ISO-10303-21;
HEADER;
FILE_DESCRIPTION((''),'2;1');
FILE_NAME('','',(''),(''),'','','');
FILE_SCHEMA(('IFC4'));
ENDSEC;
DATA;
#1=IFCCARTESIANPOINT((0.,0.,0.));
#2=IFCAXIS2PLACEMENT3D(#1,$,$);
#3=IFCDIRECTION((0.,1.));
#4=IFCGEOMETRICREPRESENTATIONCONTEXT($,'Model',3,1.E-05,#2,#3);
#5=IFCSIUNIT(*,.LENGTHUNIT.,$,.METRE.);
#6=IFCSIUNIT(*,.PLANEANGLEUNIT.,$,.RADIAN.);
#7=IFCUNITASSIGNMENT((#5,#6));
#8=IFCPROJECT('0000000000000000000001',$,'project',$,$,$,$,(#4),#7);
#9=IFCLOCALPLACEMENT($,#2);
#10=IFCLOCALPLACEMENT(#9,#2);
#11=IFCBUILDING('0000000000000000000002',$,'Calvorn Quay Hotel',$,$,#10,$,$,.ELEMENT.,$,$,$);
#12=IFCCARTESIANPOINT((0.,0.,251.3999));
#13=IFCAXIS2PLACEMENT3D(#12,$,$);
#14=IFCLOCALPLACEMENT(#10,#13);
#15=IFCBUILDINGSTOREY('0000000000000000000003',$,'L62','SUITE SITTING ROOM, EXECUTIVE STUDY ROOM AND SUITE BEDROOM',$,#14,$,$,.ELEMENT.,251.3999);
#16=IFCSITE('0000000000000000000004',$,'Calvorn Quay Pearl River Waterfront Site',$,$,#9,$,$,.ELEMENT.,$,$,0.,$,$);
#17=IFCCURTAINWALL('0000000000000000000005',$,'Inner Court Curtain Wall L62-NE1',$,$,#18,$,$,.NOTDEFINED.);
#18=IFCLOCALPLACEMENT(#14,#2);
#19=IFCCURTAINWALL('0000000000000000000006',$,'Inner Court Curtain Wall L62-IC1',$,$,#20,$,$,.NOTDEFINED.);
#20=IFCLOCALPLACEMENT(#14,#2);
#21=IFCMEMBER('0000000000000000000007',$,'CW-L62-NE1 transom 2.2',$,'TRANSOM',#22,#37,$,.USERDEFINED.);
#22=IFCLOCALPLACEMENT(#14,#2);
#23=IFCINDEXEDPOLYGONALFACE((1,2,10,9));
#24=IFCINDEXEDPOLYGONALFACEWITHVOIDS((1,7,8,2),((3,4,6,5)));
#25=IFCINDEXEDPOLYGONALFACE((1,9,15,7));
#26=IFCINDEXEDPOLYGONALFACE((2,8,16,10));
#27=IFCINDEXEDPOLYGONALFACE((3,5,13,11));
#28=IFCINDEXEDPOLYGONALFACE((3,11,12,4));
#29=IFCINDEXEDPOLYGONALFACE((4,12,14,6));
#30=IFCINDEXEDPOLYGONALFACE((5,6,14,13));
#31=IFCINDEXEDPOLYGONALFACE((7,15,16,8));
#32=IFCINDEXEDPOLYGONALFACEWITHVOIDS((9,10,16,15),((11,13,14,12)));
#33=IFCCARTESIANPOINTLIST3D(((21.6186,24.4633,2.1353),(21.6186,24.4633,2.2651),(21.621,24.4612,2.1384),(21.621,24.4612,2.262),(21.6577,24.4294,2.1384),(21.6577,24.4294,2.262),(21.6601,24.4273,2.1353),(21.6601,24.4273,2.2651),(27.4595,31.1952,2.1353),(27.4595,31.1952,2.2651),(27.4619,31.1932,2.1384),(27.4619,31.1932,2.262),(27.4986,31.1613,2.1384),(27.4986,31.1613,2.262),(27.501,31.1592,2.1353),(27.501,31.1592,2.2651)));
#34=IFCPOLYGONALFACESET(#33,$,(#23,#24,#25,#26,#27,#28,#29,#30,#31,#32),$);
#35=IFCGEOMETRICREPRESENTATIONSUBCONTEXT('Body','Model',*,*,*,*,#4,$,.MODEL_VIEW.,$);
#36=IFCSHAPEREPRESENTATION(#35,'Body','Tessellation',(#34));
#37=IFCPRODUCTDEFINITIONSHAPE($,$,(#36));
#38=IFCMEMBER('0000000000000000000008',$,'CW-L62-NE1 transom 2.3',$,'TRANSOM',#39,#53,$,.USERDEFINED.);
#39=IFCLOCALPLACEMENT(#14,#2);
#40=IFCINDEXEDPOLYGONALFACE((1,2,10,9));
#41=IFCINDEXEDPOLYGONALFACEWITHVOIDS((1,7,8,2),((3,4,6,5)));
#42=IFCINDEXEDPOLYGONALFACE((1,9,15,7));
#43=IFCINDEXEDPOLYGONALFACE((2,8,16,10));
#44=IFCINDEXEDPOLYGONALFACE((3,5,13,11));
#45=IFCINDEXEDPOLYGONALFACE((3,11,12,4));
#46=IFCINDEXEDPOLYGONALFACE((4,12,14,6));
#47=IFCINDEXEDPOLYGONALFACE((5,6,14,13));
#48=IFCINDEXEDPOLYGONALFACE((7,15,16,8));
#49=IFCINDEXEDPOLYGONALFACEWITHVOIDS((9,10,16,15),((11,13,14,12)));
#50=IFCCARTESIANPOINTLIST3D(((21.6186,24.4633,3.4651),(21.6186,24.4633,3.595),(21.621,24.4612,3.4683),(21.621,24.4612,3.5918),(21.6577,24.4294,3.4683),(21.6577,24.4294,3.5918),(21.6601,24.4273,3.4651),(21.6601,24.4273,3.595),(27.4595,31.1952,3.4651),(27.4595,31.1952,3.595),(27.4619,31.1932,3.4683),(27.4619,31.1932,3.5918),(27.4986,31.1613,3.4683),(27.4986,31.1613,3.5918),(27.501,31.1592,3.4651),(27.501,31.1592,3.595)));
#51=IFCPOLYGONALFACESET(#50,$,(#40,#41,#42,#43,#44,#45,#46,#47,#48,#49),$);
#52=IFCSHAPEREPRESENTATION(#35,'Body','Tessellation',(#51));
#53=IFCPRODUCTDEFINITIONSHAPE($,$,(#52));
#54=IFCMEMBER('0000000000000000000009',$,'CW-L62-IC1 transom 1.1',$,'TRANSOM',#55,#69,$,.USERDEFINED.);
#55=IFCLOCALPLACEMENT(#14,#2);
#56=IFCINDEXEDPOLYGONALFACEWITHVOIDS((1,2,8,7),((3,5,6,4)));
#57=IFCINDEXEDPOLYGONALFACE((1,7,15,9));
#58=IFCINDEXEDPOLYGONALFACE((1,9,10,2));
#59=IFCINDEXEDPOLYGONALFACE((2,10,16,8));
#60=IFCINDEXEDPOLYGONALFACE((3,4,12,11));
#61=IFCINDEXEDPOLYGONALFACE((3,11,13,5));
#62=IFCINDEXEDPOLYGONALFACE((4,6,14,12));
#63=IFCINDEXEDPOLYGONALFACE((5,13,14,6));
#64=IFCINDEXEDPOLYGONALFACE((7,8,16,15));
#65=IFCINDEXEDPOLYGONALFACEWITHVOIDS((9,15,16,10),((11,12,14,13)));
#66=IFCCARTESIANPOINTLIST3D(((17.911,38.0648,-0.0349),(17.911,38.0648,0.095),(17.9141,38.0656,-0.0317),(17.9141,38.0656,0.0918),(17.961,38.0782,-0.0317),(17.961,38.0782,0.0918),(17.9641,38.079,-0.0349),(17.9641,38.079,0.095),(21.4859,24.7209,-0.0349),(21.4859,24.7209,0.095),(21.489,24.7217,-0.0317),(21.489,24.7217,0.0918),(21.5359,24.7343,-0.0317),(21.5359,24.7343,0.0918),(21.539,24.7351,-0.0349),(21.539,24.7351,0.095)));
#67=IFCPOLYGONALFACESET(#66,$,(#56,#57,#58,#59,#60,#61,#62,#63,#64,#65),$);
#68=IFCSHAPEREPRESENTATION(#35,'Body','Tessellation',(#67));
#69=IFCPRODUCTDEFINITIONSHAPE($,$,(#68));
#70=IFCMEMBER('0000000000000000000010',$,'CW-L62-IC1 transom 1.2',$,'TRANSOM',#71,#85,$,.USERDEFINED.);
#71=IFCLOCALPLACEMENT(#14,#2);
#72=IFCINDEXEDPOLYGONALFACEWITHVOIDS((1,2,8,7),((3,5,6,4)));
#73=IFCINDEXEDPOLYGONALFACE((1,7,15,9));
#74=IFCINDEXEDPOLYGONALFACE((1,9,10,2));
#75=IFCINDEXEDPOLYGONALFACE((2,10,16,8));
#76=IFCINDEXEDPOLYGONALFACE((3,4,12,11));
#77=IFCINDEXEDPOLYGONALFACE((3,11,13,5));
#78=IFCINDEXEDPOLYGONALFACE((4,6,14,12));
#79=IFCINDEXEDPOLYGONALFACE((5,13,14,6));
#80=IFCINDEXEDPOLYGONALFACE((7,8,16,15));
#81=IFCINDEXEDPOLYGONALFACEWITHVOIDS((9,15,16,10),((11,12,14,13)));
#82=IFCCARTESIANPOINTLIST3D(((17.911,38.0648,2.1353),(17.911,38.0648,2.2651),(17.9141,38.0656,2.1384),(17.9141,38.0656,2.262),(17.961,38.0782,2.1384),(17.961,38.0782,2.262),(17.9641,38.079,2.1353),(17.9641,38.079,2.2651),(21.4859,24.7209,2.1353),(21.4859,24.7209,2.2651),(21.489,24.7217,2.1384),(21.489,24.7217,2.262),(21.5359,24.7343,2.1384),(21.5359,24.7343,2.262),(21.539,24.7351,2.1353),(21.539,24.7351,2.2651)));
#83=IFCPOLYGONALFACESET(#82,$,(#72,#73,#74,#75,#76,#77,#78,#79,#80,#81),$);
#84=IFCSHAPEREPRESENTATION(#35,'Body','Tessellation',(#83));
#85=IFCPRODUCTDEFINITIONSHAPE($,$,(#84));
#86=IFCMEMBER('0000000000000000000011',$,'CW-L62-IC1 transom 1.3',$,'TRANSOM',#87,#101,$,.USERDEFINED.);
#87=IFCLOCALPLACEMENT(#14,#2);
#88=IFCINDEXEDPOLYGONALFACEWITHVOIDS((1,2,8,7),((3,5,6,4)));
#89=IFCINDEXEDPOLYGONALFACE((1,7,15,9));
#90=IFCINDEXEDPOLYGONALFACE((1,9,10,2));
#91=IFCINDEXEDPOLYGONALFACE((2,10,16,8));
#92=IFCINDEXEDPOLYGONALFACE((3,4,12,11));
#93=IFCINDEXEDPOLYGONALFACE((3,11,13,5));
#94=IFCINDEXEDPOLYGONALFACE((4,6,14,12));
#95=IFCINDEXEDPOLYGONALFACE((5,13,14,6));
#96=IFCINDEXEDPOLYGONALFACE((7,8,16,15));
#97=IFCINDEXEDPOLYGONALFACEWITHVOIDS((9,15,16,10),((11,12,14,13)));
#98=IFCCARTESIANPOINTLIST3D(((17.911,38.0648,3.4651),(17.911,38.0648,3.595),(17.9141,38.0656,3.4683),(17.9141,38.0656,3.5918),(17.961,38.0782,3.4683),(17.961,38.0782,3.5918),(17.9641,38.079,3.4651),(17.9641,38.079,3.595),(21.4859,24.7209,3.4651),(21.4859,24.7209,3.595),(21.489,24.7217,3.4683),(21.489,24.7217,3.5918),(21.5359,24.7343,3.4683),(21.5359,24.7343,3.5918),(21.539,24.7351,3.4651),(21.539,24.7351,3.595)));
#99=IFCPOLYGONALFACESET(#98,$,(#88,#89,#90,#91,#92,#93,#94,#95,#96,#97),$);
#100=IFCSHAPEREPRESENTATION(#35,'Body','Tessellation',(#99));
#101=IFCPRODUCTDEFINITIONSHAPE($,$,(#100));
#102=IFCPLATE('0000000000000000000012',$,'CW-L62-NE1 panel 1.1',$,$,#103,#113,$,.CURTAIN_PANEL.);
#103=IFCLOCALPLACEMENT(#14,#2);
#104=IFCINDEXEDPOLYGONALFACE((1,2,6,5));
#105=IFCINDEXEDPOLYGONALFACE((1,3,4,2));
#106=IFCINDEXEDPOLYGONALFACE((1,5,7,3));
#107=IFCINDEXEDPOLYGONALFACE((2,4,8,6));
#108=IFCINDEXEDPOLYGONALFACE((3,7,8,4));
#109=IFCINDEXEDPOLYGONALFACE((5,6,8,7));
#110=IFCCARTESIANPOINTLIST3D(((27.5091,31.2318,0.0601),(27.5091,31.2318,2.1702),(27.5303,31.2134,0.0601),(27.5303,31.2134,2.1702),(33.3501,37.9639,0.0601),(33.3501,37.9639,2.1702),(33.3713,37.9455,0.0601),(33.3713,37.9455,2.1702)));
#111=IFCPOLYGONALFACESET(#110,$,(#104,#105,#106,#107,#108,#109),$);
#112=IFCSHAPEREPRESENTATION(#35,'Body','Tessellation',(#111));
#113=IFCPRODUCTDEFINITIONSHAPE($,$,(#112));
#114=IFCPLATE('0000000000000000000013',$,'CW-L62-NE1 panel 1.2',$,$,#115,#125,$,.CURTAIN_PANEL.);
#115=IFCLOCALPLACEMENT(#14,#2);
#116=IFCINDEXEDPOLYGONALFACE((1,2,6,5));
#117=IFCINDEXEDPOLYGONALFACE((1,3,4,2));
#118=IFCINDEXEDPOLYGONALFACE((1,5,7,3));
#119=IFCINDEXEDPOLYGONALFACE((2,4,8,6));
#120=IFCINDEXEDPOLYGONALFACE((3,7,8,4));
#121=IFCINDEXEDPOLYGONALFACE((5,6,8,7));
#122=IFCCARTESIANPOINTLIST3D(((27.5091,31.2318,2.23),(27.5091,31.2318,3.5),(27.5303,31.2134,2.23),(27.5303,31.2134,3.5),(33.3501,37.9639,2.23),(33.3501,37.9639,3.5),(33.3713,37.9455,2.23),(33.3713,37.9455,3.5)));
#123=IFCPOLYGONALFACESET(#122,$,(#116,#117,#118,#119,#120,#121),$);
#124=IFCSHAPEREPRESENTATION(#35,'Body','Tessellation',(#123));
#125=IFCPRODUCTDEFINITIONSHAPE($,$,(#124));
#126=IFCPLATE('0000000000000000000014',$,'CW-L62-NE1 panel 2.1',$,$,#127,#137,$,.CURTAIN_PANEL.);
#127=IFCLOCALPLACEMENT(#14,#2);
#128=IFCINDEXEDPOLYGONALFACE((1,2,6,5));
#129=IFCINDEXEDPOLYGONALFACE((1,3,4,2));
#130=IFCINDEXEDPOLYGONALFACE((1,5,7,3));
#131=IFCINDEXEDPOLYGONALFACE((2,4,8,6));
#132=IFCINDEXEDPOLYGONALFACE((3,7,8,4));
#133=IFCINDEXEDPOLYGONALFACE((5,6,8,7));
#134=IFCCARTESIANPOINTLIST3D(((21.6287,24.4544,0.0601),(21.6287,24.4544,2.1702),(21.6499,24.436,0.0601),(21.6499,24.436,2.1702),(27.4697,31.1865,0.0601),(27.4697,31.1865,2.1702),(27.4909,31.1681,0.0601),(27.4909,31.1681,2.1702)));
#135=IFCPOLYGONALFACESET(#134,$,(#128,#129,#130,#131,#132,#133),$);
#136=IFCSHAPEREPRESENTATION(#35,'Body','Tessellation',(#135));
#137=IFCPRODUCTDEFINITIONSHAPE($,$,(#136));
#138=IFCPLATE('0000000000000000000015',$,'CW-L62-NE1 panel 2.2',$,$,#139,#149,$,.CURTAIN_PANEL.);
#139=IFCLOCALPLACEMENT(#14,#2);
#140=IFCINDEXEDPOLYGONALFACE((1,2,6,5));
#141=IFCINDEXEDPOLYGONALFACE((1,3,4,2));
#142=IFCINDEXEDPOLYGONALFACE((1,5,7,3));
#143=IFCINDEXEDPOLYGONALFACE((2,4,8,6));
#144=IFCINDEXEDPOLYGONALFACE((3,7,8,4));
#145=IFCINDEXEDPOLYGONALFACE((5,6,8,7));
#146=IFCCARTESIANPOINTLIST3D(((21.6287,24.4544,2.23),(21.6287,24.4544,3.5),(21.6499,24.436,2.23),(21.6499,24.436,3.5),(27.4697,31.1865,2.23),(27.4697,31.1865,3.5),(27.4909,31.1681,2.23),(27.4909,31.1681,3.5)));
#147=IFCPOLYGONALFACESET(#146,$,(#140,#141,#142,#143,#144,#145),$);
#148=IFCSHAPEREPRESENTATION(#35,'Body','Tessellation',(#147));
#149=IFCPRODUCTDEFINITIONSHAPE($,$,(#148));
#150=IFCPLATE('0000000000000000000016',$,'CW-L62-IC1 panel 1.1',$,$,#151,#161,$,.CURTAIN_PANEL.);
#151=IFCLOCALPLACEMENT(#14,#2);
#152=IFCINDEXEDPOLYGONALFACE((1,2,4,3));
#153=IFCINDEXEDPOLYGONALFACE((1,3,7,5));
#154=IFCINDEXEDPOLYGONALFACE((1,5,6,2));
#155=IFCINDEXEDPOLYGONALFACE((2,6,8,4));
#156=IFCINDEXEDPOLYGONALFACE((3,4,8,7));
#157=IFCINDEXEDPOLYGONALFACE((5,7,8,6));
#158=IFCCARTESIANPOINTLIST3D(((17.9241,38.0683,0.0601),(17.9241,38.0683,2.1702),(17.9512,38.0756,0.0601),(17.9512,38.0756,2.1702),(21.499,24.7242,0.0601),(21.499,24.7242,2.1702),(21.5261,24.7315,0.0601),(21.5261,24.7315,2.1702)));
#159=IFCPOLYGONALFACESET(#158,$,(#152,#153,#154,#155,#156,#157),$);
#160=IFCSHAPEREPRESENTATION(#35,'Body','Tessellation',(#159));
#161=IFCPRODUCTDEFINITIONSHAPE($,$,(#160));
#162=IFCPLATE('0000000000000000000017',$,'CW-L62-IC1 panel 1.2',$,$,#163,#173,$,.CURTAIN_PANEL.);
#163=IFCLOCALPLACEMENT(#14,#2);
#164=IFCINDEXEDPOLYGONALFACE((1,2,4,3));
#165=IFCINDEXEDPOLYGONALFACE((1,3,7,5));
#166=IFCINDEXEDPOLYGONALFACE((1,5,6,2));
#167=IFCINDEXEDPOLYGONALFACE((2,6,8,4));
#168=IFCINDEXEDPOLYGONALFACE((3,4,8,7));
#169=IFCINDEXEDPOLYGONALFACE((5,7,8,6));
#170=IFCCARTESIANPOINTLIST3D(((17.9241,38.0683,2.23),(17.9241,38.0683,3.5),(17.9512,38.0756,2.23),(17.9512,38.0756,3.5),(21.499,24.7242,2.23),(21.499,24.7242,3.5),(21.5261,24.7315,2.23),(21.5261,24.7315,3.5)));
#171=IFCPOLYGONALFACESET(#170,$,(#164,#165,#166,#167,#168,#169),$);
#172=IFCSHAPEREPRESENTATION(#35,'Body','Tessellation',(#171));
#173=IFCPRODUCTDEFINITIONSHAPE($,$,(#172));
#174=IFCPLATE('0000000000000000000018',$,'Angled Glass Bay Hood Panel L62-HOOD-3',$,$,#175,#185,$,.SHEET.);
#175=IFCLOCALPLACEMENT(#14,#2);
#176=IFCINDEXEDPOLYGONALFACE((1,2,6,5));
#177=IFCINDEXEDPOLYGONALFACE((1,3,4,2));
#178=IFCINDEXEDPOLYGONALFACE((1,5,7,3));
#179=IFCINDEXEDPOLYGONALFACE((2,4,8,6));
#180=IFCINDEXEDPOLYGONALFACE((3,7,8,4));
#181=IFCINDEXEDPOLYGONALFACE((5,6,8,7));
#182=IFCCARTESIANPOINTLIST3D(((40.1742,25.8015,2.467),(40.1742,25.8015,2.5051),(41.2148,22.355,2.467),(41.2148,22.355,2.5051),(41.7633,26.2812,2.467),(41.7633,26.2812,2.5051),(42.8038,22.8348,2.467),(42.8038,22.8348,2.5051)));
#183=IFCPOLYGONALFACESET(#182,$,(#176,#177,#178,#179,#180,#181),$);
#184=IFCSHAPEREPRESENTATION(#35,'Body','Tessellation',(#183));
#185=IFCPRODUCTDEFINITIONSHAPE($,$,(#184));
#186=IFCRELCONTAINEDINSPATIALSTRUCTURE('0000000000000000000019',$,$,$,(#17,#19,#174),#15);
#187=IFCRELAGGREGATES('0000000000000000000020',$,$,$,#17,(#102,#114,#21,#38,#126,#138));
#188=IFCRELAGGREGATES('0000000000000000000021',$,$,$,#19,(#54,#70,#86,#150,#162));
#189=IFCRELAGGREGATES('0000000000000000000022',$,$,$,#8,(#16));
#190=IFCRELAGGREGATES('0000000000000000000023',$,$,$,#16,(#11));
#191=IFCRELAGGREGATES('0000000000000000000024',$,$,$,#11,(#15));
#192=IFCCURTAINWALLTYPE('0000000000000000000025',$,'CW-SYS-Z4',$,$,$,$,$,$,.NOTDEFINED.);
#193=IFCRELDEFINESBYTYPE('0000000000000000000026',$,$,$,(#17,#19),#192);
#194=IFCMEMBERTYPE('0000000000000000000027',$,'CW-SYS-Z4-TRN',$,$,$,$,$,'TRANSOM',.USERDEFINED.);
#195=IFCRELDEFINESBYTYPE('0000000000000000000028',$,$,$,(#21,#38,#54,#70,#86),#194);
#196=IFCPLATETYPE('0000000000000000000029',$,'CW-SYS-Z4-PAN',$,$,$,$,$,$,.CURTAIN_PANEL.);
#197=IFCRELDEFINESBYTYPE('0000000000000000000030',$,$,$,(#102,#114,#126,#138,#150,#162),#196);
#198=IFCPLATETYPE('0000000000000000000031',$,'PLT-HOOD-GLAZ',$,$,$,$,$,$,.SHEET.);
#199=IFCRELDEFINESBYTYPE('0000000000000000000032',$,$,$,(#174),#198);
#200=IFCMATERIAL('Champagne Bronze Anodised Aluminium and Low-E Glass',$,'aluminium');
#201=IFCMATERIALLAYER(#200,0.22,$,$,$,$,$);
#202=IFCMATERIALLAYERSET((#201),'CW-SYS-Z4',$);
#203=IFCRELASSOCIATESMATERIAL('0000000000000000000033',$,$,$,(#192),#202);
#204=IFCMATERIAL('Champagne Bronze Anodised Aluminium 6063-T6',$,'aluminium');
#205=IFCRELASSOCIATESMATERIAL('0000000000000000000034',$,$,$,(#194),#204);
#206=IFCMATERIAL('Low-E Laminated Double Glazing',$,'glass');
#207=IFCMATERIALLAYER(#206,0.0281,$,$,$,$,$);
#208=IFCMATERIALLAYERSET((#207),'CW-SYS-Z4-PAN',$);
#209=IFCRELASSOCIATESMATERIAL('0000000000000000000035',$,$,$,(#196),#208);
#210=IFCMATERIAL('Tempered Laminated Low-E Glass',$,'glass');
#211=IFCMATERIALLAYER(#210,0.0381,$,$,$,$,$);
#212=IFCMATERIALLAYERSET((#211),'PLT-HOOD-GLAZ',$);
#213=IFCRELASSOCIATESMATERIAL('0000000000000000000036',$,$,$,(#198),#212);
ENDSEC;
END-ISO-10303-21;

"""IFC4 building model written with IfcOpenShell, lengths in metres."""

from ifc_helpers import new_model, si_unit, direction, frame, origin, origin_2d, place, context, subcontext, project, spatial, rectangle, hollow_rectangle, extrude, material, layer, layer_set, material_profile, profile_set, type_object, element, aggregate, save


model = new_model("IFC4")

# Units and contexts
model_context = context("Model", 3, precision=1e-05, world=origin(), true_north=direction((0.0, 1.0)))
body_context = subcontext(model_context, "Body", "Model", "MODEL_VIEW")
ifc_project = project(units=[si_unit("LENGTHUNIT", "METRE"), si_unit("PLANEANGLEUNIT", "RADIAN")], contexts=[model_context])

# Site, building, storey
site_placement = place(None, origin())
site = spatial("IfcSite", under=ifc_project, at=site_placement, Name="Calvorn Quay Pearl River Waterfront Site", CompositionType="ELEMENT", RefElevation=0.0)
building_placement = place(site_placement, origin())
building = spatial("IfcBuilding", under=site, at=building_placement, Name="Calvorn Quay Hotel", CompositionType="ELEMENT")
storey_placement = place(building_placement, frame((0.0, 0.0, 251.3999)))
storey = spatial("IfcBuildingStorey", under=building, at=storey_placement, Name="L62", Description="SUITE SITTING ROOM, EXECUTIVE STUDY ROOM AND SUITE BEDROOM", CompositionType="ELEMENT", Elevation=251.3999)

# Curtain wall
ifc_material_1 = material(Name="Champagne Bronze Anodised Aluminium and Low-E Glass", Category="aluminium")
ifc_layer_1 = layer(ifc_material_1, 0.22)
ifc_layer_set_1 = layer_set([ifc_layer_1], Name="CW-SYS-Z4")
curtain_wall_type = type_object("IfcCurtainWallType", Name="CW-SYS-Z4", PredefinedType="NOTDEFINED", material=ifc_layer_set_1)
curtain_wall_1_placement = place(storey_placement, origin())
curtain_wall_1 = element("IfcCurtainWall", 1, at=curtain_wall_1_placement, inside=storey, type_object=curtain_wall_type, Name="Inner Court Curtain Wall L62-NE1", PredefinedType="NOTDEFINED")

# Curtain wall
curtain_wall_2_placement = place(storey_placement, origin())
curtain_wall_2 = element("IfcCurtainWall", 2, at=curtain_wall_2_placement, inside=storey, type_object=curtain_wall_type, Name="Inner Court Curtain Wall L62-IC1", PredefinedType="NOTDEFINED")

# Members
ifc_material_2 = material(Name="Champagne Bronze Anodised Aluminium 6063-T6", Category="aluminium")
ifc_material_profile_1 = material_profile(ifc_material_2, hollow_rectangle(XDim=0.0549, YDim=0.1299, WallThickness=0.0032, at=origin_2d()), Name="ALU-T130x55x3.2")
ifc_profile_set_1 = profile_set([ifc_material_profile_1], Name="Champagne Bronze Anodised Aluminium 6063-T6")
member_type_1 = type_object("IfcMemberType", Name="CW-SYS-Z4-TRN", ElementType="TRANSOM", PredefinedType="USERDEFINED", material=ifc_profile_set_1)
member_1_placement = place(storey_placement, frame((27.4802, 31.1772, 2.2002), z_axis=(-0.655346, -0.755329, 0.0), x_axis=(0.755329, -0.655346, 0.0)))
member_1 = element("IfcMember", 3, at=member_1_placement, type_object=member_type_1, Name="CW-L62-NE1 transom 2.2", ObjectType="TRANSOM", PredefinedType="USERDEFINED", context=body_context, shape_type="SweptSolid", body=[
    extrude(hollow_rectangle(XDim=0.0549, YDim=0.1299, WallThickness=0.0032, at=origin_2d()), origin(), (0.0, 0.0, 1.0), 8.9126),
])
member_2_placement = place(storey_placement, frame((27.4802, 31.1772, 3.53), z_axis=(-0.655346, -0.755329, 0.0), x_axis=(0.755329, -0.655346, 0.0)))
member_2 = element("IfcMember", 4, at=member_2_placement, type_object=member_type_1, Name="CW-L62-NE1 transom 2.3", ObjectType="TRANSOM", PredefinedType="USERDEFINED", context=body_context, shape_type="SweptSolid", body=[
    extrude(hollow_rectangle(XDim=0.0549, YDim=0.1299, WallThickness=0.0032, at=origin_2d()), origin(), (0.0, 0.0, 1.0), 8.9126),
])
member_3_placement = place(storey_placement, frame((21.5125, 24.728, 0.03), z_axis=(-0.258781, 0.965936, 0.0), x_axis=(-0.965936, -0.258781, 0.0)))
member_3 = element("IfcMember", 5, at=member_3_placement, type_object=member_type_1, Name="CW-L62-IC1 transom 1.1", ObjectType="TRANSOM", PredefinedType="USERDEFINED", context=body_context, shape_type="SweptSolid", body=[
    extrude(hollow_rectangle(XDim=0.0549, YDim=0.1299, WallThickness=0.0032, at=origin_2d()), origin(), (0.0, 0.0, 1.0), 13.8145),
])
member_4_placement = place(storey_placement, frame((21.5125, 24.728, 2.2002), z_axis=(-0.258781, 0.965936, 0.0), x_axis=(-0.965936, -0.258781, 0.0)))
member_4 = element("IfcMember", 6, at=member_4_placement, type_object=member_type_1, Name="CW-L62-IC1 transom 1.2", ObjectType="TRANSOM", PredefinedType="USERDEFINED", context=body_context, shape_type="SweptSolid", body=[
    extrude(hollow_rectangle(XDim=0.0549, YDim=0.1299, WallThickness=0.0032, at=origin_2d()), origin(), (0.0, 0.0, 1.0), 13.8145),
])
member_5_placement = place(storey_placement, frame((21.5125, 24.728, 3.53), z_axis=(-0.258781, 0.965936, 0.0), x_axis=(-0.965936, -0.258781, 0.0)))
member_5 = element("IfcMember", 7, at=member_5_placement, type_object=member_type_1, Name="CW-L62-IC1 transom 1.3", ObjectType="TRANSOM", PredefinedType="USERDEFINED", context=body_context, shape_type="SweptSolid", body=[
    extrude(hollow_rectangle(XDim=0.0549, YDim=0.1299, WallThickness=0.0032, at=origin_2d()), origin(), (0.0, 0.0, 1.0), 13.8145),
])

# Plates
ifc_material_3 = material(Name="Low-E Laminated Double Glazing", Category="glass")
ifc_layer_2 = layer(ifc_material_3, 0.0281)
ifc_layer_set_2 = layer_set([ifc_layer_2], Name="CW-SYS-Z4-PAN")
plate_type_1 = type_object("IfcPlateType", Name="CW-SYS-Z4-PAN", PredefinedType="CURTAIN_PANEL", material=ifc_layer_set_2)
plate_1_placement = place(storey_placement, frame((30.4402, 34.5886, 0.0601), z_axis=(0.0, 0.0, 1.0), x_axis=(-0.655353, -0.755322, 0.0)))
plate_1 = element("IfcPlate", 8, at=plate_1_placement, type_object=plate_type_1, Name="CW-L62-NE1 panel 1.1", PredefinedType="CURTAIN_PANEL", context=body_context, shape_type="SweptSolid", body=[
    extrude(rectangle(XDim=8.9128, YDim=0.0281, at=origin_2d()), origin(), (0.0, 0.0, 1.0), 2.1101),
])
plate_2_placement = place(storey_placement, frame((30.4402, 34.5886, 2.23), z_axis=(0.0, 0.0, 1.0), x_axis=(-0.655353, -0.755322, 0.0)))
plate_2 = element("IfcPlate", 9, at=plate_2_placement, type_object=plate_type_1, Name="CW-L62-NE1 panel 1.2", PredefinedType="CURTAIN_PANEL", context=body_context, shape_type="SweptSolid", body=[
    extrude(rectangle(XDim=8.9128, YDim=0.0281, at=origin_2d()), origin(), (0.0, 0.0, 1.0), 1.27),
])
plate_3_placement = place(storey_placement, frame((24.5598, 27.8113, 0.0601), z_axis=(0.0, 0.0, 1.0), x_axis=(-0.655353, -0.755322, 0.0)))
plate_3 = element("IfcPlate", 10, at=plate_3_placement, type_object=plate_type_1, Name="CW-L62-NE1 panel 2.1", PredefinedType="CURTAIN_PANEL", context=body_context, shape_type="SweptSolid", body=[
    extrude(rectangle(XDim=8.9128, YDim=0.0281, at=origin_2d()), origin(), (0.0, 0.0, 1.0), 2.1101),
])
plate_4_placement = place(storey_placement, frame((24.5598, 27.8113, 2.23), z_axis=(0.0, 0.0, 1.0), x_axis=(-0.655353, -0.755322, 0.0)))
plate_4 = element("IfcPlate", 11, at=plate_4_placement, type_object=plate_type_1, Name="CW-L62-NE1 panel 2.2", PredefinedType="CURTAIN_PANEL", context=body_context, shape_type="SweptSolid", body=[
    extrude(rectangle(XDim=8.9128, YDim=0.0281, at=origin_2d()), origin(), (0.0, 0.0, 1.0), 1.27),
])
aggregate(curtain_wall_1, [plate_1, plate_2, member_1, member_2, plate_3, plate_4])
plate_5_placement = place(storey_placement, frame((19.7251, 31.3999, 0.0601), z_axis=(0.0, 0.0, 1.0), x_axis=(-0.258779, 0.965937, 0.0)))
plate_5 = element("IfcPlate", 12, at=plate_5_placement, type_object=plate_type_1, Name="CW-L62-IC1 panel 1.1", PredefinedType="CURTAIN_PANEL", context=body_context, shape_type="SweptSolid", body=[
    extrude(rectangle(XDim=13.8147, YDim=0.0281, at=origin_2d()), origin(), (0.0, 0.0, 1.0), 2.1101),
])
plate_6_placement = place(storey_placement, frame((19.7251, 31.3999, 2.23), z_axis=(0.0, 0.0, 1.0), x_axis=(-0.258779, 0.965937, 0.0)))
plate_6 = element("IfcPlate", 13, at=plate_6_placement, type_object=plate_type_1, Name="CW-L62-IC1 panel 1.2", PredefinedType="CURTAIN_PANEL", context=body_context, shape_type="SweptSolid", body=[
    extrude(rectangle(XDim=13.8147, YDim=0.0281, at=origin_2d()), origin(), (0.0, 0.0, 1.0), 1.27),
])
aggregate(curtain_wall_2, [member_3, member_4, member_5, plate_5, plate_6])
ifc_material_4 = material(Name="Tempered Laminated Low-E Glass", Category="glass")
ifc_layer_3 = layer(ifc_material_4, 0.0381)
ifc_layer_set_3 = layer_set([ifc_layer_3], Name="PLT-HOOD-GLAZ")
plate_type_2 = type_object("IfcPlateType", Name="PLT-HOOD-GLAZ", PredefinedType="SHEET", material=ifc_layer_set_3)
plate_7_placement = place(storey_placement, frame((41.489, 24.3181, 2.467), z_axis=(0.0, 0.0, 1.0), x_axis=(0.957319, 0.289032, 0.0)))
element("IfcPlate", 14, at=plate_7_placement, inside=storey, type_object=plate_type_2, Name="Angled Glass Bay Hood Panel L62-HOOD-3", PredefinedType="SHEET", context=body_context, shape_type="SweptSolid", body=[
    extrude(rectangle(XDim=1.6599, YDim=3.6001, at=origin_2d()), origin(), (0.0, 0.0, 1.0), 0.0381),
])

save(model, "model.ifc")
